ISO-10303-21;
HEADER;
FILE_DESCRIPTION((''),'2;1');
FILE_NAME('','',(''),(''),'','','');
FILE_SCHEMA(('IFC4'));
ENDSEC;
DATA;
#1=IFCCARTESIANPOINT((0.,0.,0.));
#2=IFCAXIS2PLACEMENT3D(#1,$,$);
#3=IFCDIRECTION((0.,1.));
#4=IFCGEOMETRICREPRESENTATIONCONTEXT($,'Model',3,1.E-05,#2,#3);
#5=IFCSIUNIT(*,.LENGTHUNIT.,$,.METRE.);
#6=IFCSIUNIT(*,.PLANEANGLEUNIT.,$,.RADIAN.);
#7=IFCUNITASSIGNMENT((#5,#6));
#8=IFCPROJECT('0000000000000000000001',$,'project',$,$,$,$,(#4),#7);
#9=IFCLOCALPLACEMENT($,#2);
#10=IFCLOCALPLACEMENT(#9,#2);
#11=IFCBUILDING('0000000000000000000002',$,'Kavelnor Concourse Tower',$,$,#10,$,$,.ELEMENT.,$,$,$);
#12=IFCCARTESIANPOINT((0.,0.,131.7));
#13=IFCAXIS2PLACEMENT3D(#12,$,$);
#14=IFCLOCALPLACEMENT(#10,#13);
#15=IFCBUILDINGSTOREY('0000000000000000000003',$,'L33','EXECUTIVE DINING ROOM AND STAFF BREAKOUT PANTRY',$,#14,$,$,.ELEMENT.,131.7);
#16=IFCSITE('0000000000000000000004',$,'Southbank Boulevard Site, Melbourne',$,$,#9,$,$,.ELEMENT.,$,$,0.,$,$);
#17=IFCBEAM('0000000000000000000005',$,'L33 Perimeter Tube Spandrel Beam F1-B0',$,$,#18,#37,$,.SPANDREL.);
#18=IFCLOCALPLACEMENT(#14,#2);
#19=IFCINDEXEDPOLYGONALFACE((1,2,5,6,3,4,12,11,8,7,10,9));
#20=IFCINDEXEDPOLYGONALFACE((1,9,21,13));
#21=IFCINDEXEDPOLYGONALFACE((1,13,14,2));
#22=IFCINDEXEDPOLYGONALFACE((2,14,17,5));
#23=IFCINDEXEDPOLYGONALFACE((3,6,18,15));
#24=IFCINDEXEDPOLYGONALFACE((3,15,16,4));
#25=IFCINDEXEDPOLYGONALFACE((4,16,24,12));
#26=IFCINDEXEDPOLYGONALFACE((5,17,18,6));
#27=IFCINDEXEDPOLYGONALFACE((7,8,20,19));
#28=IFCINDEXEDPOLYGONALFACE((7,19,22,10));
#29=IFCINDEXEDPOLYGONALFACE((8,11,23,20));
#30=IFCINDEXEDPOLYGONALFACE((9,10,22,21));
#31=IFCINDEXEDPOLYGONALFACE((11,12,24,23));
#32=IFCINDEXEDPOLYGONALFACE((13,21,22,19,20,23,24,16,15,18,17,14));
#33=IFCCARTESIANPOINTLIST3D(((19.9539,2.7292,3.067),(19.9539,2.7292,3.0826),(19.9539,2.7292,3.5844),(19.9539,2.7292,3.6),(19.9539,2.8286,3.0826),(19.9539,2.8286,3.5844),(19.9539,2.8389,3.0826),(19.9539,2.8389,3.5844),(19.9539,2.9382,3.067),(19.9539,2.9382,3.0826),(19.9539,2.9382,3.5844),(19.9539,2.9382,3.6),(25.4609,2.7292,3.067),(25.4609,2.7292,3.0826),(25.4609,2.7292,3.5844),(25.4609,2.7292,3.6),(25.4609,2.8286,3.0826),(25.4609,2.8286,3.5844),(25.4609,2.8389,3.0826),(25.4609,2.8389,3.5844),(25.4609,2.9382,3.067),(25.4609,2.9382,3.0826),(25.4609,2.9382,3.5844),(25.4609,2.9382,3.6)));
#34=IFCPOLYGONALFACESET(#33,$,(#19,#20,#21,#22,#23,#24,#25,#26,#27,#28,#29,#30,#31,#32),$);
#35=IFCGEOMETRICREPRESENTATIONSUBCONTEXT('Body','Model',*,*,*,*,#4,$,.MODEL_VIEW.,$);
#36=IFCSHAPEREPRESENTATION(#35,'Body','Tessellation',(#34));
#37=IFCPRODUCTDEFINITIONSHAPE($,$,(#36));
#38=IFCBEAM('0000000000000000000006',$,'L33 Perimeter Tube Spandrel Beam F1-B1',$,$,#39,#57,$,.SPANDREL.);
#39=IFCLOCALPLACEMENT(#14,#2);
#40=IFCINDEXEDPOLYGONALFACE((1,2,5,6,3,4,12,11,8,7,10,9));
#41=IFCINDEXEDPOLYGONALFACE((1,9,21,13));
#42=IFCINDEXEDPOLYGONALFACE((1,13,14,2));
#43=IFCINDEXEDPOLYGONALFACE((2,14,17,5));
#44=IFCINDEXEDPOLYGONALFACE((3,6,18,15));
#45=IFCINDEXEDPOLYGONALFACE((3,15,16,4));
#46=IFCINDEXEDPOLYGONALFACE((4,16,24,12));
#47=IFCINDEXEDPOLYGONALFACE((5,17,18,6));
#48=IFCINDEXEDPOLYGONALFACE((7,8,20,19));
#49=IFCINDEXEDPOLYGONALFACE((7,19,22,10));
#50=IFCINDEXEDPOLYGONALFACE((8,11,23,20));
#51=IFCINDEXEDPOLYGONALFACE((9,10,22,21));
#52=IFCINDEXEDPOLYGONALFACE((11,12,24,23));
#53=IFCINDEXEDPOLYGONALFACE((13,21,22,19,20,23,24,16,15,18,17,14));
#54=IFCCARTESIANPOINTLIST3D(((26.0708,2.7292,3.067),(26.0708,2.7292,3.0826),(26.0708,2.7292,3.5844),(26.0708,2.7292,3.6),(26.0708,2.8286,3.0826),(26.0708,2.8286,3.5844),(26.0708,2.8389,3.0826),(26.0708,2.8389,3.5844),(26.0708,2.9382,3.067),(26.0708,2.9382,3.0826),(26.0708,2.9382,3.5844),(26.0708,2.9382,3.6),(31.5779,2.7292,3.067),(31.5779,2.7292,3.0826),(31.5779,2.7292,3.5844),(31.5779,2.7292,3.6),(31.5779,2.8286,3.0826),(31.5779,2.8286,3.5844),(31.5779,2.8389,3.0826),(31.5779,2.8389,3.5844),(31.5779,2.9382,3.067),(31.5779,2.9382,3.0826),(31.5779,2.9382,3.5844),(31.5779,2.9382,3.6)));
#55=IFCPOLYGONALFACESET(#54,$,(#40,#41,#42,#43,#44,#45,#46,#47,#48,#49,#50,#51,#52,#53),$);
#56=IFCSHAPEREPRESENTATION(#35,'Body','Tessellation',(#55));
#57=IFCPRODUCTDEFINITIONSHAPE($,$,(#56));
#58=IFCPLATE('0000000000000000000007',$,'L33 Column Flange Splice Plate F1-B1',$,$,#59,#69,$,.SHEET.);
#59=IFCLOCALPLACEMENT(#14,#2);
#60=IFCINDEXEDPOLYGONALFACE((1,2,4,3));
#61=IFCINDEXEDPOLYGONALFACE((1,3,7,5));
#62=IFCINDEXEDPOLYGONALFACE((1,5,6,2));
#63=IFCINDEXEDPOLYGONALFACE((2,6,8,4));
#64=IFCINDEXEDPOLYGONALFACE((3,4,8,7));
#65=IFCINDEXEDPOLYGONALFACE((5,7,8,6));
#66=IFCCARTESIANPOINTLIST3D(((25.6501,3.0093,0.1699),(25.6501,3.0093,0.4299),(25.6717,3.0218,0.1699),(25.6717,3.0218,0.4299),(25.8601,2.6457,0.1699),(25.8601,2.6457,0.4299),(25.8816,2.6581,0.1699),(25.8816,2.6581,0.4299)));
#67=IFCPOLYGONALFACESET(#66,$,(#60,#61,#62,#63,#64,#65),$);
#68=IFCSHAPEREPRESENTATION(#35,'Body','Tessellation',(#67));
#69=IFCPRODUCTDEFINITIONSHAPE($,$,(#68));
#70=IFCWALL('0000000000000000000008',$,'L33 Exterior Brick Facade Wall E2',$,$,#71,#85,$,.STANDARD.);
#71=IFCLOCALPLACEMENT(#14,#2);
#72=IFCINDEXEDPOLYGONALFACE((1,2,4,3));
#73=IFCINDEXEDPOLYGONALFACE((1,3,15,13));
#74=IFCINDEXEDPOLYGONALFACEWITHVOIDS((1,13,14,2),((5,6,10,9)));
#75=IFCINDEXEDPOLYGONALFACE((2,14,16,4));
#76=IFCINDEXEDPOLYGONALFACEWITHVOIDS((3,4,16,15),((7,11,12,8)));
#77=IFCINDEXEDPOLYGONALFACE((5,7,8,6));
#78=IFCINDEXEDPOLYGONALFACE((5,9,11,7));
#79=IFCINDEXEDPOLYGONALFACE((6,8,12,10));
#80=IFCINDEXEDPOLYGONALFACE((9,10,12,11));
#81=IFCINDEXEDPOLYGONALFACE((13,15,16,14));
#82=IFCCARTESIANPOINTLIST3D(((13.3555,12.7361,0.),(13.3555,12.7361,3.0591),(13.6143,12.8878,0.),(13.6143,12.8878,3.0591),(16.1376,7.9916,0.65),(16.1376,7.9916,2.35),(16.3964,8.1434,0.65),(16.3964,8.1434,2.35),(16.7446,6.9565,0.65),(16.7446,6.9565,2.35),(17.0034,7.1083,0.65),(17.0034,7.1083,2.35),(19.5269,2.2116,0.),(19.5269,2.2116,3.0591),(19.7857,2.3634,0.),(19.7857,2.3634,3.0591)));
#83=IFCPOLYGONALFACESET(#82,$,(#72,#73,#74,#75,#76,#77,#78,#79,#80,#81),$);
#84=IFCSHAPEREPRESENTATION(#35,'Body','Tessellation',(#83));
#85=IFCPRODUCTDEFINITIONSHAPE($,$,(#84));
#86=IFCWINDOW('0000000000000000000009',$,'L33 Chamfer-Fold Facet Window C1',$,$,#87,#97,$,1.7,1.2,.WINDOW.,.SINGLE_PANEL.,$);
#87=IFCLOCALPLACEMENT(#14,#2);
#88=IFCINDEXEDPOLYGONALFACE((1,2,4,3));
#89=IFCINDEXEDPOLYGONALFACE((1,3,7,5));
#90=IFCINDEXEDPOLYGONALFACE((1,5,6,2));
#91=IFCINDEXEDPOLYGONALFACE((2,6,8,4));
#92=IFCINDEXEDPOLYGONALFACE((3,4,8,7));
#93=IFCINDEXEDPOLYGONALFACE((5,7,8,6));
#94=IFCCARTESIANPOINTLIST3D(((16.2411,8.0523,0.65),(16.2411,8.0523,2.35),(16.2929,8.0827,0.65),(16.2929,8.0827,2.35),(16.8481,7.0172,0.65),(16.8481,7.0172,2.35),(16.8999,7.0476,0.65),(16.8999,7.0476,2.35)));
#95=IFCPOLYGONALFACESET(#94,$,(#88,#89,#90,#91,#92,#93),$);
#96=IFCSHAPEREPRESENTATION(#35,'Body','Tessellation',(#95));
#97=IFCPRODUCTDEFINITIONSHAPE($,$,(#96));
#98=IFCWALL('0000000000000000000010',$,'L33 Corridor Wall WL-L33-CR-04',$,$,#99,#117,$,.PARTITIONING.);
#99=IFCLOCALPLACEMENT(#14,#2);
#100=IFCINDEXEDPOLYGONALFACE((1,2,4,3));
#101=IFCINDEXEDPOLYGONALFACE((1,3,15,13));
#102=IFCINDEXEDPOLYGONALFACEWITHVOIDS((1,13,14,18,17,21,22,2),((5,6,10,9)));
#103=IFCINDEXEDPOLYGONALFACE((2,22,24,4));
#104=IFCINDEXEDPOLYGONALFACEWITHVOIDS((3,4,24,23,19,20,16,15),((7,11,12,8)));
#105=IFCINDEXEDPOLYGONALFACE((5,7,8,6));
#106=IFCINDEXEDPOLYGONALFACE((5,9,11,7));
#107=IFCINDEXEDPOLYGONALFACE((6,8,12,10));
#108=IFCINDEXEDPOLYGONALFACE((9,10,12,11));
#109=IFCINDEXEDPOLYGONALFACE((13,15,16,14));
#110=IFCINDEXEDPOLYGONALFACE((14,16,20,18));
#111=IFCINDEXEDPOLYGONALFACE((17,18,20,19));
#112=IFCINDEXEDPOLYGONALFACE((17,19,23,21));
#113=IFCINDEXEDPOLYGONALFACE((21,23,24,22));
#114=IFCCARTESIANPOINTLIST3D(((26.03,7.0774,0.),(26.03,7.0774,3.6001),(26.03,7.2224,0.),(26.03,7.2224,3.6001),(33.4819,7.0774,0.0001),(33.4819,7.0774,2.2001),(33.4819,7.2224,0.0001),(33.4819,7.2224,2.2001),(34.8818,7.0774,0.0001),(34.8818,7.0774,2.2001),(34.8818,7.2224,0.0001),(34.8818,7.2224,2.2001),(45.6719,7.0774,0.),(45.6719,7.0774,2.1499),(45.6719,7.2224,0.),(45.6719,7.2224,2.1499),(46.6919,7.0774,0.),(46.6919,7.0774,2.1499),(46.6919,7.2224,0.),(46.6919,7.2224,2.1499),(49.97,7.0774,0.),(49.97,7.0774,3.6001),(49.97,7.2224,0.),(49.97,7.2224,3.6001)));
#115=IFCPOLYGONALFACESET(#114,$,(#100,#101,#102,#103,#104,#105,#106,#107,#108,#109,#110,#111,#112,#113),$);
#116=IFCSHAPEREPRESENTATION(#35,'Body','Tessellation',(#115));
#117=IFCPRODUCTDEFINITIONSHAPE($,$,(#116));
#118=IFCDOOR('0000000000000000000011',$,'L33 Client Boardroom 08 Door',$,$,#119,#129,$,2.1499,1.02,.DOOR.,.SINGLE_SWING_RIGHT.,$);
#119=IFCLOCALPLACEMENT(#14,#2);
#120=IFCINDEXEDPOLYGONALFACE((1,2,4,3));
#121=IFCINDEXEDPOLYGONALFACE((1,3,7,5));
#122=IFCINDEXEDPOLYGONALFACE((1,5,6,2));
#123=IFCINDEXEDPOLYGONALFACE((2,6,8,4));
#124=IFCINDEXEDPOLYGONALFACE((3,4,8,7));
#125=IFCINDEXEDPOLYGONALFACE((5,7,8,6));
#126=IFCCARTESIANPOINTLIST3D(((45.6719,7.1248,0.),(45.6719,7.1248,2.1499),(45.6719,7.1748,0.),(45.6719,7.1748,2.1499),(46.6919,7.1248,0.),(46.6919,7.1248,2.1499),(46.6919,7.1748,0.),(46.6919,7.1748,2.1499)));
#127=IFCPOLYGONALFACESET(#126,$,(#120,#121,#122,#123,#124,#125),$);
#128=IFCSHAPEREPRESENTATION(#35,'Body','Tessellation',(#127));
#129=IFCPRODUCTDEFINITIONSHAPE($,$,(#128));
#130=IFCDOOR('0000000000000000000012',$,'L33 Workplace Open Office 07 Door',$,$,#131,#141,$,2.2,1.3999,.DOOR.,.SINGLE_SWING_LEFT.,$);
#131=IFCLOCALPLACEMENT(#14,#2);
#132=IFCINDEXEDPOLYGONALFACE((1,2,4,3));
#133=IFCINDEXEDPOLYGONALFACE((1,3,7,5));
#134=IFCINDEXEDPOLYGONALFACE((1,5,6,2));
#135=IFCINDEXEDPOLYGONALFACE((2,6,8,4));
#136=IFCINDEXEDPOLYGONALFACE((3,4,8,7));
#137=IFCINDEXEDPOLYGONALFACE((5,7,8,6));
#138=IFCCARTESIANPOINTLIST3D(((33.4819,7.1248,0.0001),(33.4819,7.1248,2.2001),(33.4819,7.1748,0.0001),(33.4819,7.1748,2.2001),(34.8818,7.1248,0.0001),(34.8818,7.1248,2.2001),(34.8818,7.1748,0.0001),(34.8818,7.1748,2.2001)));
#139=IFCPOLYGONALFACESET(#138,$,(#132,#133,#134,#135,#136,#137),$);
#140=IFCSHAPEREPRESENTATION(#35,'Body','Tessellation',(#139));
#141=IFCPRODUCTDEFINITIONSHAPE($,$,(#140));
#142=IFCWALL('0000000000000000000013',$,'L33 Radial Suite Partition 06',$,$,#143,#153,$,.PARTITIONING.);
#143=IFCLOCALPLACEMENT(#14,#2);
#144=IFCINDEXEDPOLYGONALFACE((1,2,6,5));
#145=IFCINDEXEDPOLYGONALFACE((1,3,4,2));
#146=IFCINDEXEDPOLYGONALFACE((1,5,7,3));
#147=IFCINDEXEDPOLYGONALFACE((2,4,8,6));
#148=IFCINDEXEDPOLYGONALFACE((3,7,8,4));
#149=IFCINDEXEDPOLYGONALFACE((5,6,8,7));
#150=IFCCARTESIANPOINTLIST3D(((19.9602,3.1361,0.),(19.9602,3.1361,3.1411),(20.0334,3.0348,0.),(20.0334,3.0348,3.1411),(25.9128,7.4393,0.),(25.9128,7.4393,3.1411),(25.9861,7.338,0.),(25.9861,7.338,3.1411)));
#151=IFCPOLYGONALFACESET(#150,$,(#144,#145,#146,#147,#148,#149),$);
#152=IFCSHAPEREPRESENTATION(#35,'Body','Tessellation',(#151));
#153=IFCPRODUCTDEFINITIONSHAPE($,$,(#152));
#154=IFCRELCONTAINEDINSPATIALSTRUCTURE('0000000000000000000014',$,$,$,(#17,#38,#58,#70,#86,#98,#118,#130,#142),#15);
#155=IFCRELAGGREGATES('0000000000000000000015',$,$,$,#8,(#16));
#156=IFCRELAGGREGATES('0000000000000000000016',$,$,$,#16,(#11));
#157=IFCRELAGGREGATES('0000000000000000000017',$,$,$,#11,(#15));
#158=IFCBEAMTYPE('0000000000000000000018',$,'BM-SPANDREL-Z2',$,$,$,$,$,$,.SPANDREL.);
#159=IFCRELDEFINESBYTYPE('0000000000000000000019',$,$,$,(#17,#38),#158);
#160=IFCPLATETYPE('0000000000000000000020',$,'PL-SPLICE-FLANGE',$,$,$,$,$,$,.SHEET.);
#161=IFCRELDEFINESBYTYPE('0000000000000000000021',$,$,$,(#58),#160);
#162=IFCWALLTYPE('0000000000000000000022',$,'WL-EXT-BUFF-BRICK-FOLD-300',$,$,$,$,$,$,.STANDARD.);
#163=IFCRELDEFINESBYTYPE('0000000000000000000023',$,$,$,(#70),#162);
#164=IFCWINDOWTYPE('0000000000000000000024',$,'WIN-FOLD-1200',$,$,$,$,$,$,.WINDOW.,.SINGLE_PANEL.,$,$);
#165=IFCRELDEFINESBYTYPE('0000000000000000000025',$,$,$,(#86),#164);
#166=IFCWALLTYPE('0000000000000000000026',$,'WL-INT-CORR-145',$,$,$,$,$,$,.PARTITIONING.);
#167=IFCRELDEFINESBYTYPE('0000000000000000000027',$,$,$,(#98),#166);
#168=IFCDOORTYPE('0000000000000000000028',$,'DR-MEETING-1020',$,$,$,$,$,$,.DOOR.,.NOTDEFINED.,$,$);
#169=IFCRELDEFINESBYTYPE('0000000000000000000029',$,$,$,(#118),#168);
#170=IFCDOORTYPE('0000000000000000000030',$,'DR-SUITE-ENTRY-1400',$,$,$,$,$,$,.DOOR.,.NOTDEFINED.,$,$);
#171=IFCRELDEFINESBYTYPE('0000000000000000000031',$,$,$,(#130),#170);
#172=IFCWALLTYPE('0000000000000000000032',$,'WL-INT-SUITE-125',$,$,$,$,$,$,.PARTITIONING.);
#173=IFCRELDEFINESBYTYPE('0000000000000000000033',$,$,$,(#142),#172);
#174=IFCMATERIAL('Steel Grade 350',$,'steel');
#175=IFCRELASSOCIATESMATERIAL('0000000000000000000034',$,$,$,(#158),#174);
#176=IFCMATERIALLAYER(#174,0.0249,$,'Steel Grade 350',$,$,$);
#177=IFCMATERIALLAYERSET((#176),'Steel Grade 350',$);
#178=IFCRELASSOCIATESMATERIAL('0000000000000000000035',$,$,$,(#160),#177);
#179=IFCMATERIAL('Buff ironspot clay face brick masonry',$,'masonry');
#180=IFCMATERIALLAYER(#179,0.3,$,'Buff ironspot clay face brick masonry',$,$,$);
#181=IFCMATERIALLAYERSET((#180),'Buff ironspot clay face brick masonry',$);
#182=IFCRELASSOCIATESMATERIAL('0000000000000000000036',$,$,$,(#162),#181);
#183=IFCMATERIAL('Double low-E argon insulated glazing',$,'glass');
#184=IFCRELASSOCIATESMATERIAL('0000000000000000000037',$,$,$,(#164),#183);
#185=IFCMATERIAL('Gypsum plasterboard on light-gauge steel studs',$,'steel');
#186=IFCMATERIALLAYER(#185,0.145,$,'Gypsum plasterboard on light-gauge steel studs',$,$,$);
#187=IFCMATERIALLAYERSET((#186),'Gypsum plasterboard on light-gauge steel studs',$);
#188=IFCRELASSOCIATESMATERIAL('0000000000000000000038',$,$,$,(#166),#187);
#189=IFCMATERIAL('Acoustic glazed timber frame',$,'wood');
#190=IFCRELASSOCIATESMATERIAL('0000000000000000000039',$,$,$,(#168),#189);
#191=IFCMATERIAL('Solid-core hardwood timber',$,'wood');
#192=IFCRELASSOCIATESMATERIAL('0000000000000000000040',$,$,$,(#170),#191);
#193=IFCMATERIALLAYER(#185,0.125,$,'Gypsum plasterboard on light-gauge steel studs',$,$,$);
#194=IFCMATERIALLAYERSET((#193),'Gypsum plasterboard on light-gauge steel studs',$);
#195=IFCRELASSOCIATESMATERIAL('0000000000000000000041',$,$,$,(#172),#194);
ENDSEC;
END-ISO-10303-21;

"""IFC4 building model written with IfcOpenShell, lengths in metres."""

from ifc_helpers import new_model, si_unit, direction, frame, frame_2d, origin, origin_2d, place, context, subcontext, project, spatial, rectangle, i_section, extrude, material, layer, layer_set, material_profile, profile_set, type_object, element, fill, save


model = new_model("IFC4")

# Units and contexts
model_context = context("Model", 3, precision=1e-05, world=origin(), true_north=direction((0.0, 1.0)))
body_context = subcontext(model_context, "Body", "Model", "MODEL_VIEW")
ifc_project = project(units=[si_unit("LENGTHUNIT", "METRE"), si_unit("PLANEANGLEUNIT", "RADIAN")], contexts=[model_context])

# Site, building, storey
site_placement = place(None, origin())
site = spatial("IfcSite", under=ifc_project, at=site_placement, Name="Southbank Boulevard Site, Melbourne", CompositionType="ELEMENT", RefElevation=0.0)
building_placement = place(site_placement, origin())
building = spatial("IfcBuilding", under=site, at=building_placement, Name="Kavelnor Concourse Tower", CompositionType="ELEMENT")
storey_placement = place(building_placement, frame((0.0, 0.0, 131.7)))
storey = spatial("IfcBuildingStorey", under=building, at=storey_placement, Name="L33", Description="EXECUTIVE DINING ROOM AND STAFF BREAKOUT PANTRY", CompositionType="ELEMENT", Elevation=131.7)

# Shared definitions
ifc_material_1 = material(Name="Steel Grade 350", Category="steel")

# Beams
ifc_material_profile_1 = material_profile(ifc_material_1, i_section(OverallWidth=0.209, OverallDepth=0.533, WebThickness=0.0103, FlangeThickness=0.0156, at=origin_2d()), Name="530UB92")
ifc_profile_set_1 = profile_set([ifc_material_profile_1], Name="Steel Grade 350")
beam_type_1 = type_object("IfcBeamType", Name="BM-SPANDREL-Z2", PredefinedType="SPANDREL", material=ifc_profile_set_1)
for number, where, z_axis, x_axis, name in (
    (1, (19.9539, 2.8337, 3.3335), (1.0, 0.0, 0.0), (0.0, 1.0, 0.0), "L33 Perimeter Tube Spandrel Beam F1-B0"),
    (2, (26.0708, 2.8337, 3.3335), (1.0, 0.0, 0.0), (0.0, 1.0, 0.0), "L33 Perimeter Tube Spandrel Beam F1-B1"),
):
    element("IfcBeam", number, at=place(storey_placement, frame(where, z_axis=z_axis, x_axis=x_axis)), inside=storey, type_object=beam_type_1, Name=name, PredefinedType="SPANDREL", context=body_context, shape_type="SweptSolid", body=[
        extrude(i_section(OverallWidth=0.209, OverallDepth=0.533, WebThickness=0.0103, FlangeThickness=0.0156, at=origin_2d()), origin(), (0.0, 0.0, 1.0), 5.5071),
    ])

# Plate
ifc_layer_1 = layer(ifc_material_1, 0.0249, Name="Steel Grade 350")
ifc_layer_set_1 = layer_set([ifc_layer_1], Name="Steel Grade 350")
plate_type = type_object("IfcPlateType", Name="PL-SPLICE-FLANGE", PredefinedType="SHEET", material=ifc_layer_set_1)
plate_placement = place(storey_placement, frame((25.7659, 2.8337, 0.1699), z_axis=(0.0, 0.0, 1.0), x_axis=(-0.5, 0.866025, 0.0)))
element("IfcPlate", 3, at=plate_placement, inside=storey, type_object=plate_type, Name="L33 Column Flange Splice Plate F1-B1", PredefinedType="SHEET", context=body_context, shape_type="SweptSolid", body=[
    extrude(rectangle(XDim=0.4199, YDim=0.0249, at=origin_2d()), origin(), (0.0, 0.0, 1.0), 0.26),
])

# Wall, opening, window
ifc_material_2 = material(Name="Buff ironspot clay face brick masonry", Category="masonry")
ifc_layer_2 = layer(ifc_material_2, 0.3, Name="Buff ironspot clay face brick masonry")
ifc_layer_set_2 = layer_set([ifc_layer_2], Name="Buff ironspot clay face brick masonry")
wall_type_1 = type_object("IfcWallType", Name="WL-EXT-BUFF-BRICK-FOLD-300", PredefinedType="STANDARD", material=ifc_layer_set_2)
wall_1_placement = place(storey_placement, frame((19.6562, 2.2876, 0.0), z_axis=(0.0, 0.0, 1.0), x_axis=(-0.505836, 0.86263, 0.0)))
wall_1 = element("IfcWall", 4, at=wall_1_placement, inside=storey, type_object=wall_type_1, Name="L33 Exterior Brick Facade Wall E2", PredefinedType="STANDARD", context=body_context, shape_type="SweptSolid", body=[
    extrude(rectangle(XDim=12.2004, YDim=0.3, at=frame_2d((6.1001, 0.0))), origin(), (0.0, 0.0, 1.0), 3.0591),
])
opening_1_placement = place(wall_1_placement, frame((5.5002, 0.0, 0.6499)))
opening_1 = element("IfcOpeningElement", 5, at=opening_1_placement, cuts=wall_1, PredefinedType="OPENING", context=body_context, shape_type="SweptSolid", body=[
    extrude(rectangle(XDim=1.2, YDim=1.7, at=frame_2d((0.6001, 0.8501))), frame((0.0, 0.1602, 0.0), z_axis=(0.0, -1.0, 0.0), x_axis=(1.0, 0.0, 0.0)), (0.0, 0.0, 1.0), 0.3201),
])
ifc_material_3 = material(Name="Double low-E argon insulated glazing", Category="glass")
window_type = type_object("IfcWindowType", Name="WIN-FOLD-1200", PartitioningType="SINGLE_PANEL", PredefinedType="WINDOW", material=ifc_material_3)
window_placement = place(opening_1_placement, origin())
window = element("IfcWindow", 6, at=window_placement, inside=storey, type_object=window_type, Name="L33 Chamfer-Fold Facet Window C1", OverallHeight=1.7, OverallWidth=1.2, PartitioningType="SINGLE_PANEL", PredefinedType="WINDOW", context=body_context, shape_type="SweptSolid", body=[
    extrude(rectangle(XDim=1.2, YDim=1.7, at=frame_2d((0.6001, 0.8501))), frame((0.0, 0.03, 0.0), z_axis=(0.0, -1.0, 0.0), x_axis=(1.0, 0.0, 0.0)), (0.0, 0.0, 1.0), 0.0601),
])
fill(opening_1, window)

# Wall, openings, doors
ifc_material_4 = material(Name="Gypsum plasterboard on light-gauge steel studs", Category="steel")
ifc_layer_3 = layer(ifc_material_4, 0.145, Name="Gypsum plasterboard on light-gauge steel studs")
ifc_layer_set_3 = layer_set([ifc_layer_3], Name="Gypsum plasterboard on light-gauge steel studs")
wall_type_2 = type_object("IfcWallType", Name="WL-INT-CORR-145", PredefinedType="PARTITIONING", material=ifc_layer_set_3)
wall_2_placement = place(storey_placement, frame((26.03, 7.1499, 0.0), z_axis=(0.0, 0.0, 1.0), x_axis=(1.0, 0.0, 0.0)))
wall_2 = element("IfcWall", 7, at=wall_2_placement, inside=storey, type_object=wall_type_2, Name="L33 Corridor Wall WL-L33-CR-04", PredefinedType="PARTITIONING", context=body_context, shape_type="SweptSolid", body=[
    extrude(rectangle(XDim=23.9399, YDim=0.145, at=frame_2d((11.97, 0.0))), origin(), (0.0, 0.0, 1.0), 3.6001),
])
opening_2_placement = place(wall_2_placement, frame((7.4519, 0.0, 0.0)))
opening_2 = element("IfcOpeningElement", 8, at=opening_2_placement, cuts=wall_2, PredefinedType="OPENING", context=body_context, shape_type="SweptSolid", body=[
    extrude(rectangle(XDim=1.3999, YDim=2.2, at=frame_2d((0.7, 1.1001))), frame((0.0, 0.0825, 0.0), z_axis=(0.0, -1.0, 0.0), x_axis=(1.0, 0.0, 0.0)), (0.0, 0.0, 1.0), 0.165),
])
opening_3_placement = place(wall_2_placement, frame((19.6418, 0.0, 0.0)))
opening_3 = element("IfcOpeningElement", 9, at=opening_3_placement, cuts=wall_2, PredefinedType="OPENING", context=body_context, shape_type="SweptSolid", body=[
    extrude(rectangle(XDim=1.02, YDim=2.1499, at=frame_2d((0.51, 1.075))), frame((0.0, 0.0825, 0.0), z_axis=(0.0, -1.0, 0.0), x_axis=(1.0, 0.0, 0.0)), (0.0, 0.0, 1.0), 0.165),
])
ifc_material_5 = material(Name="Acoustic glazed timber frame", Category="wood")
door_type_1 = type_object("IfcDoorType", Name="DR-MEETING-1020", OperationType="NOTDEFINED", PredefinedType="DOOR", material=ifc_material_5)
door_1_placement = place(opening_3_placement, origin())
door_1 = element("IfcDoor", 10, at=door_1_placement, inside=storey, type_object=door_type_1, Name="L33 Client Boardroom 08 Door", OperationType="SINGLE_SWING_RIGHT", OverallHeight=2.1499, OverallWidth=1.02, PredefinedType="DOOR", context=body_context, shape_type="SweptSolid", body=[
    extrude(rectangle(XDim=1.02, YDim=2.1499, at=frame_2d((0.51, 1.075))), frame((0.0, 0.0249, 0.0), z_axis=(0.0, -1.0, 0.0), x_axis=(1.0, 0.0, 0.0)), (0.0, 0.0, 1.0), 0.05),
])
fill(opening_3, door_1)
ifc_material_6 = material(Name="Solid-core hardwood timber", Category="wood")
door_type_2 = type_object("IfcDoorType", Name="DR-SUITE-ENTRY-1400", OperationType="NOTDEFINED", PredefinedType="DOOR", material=ifc_material_6)
door_2_placement = place(opening_2_placement, origin())
door_2 = element("IfcDoor", 11, at=door_2_placement, inside=storey, type_object=door_type_2, Name="L33 Workplace Open Office 07 Door", OperationType="SINGLE_SWING_LEFT", OverallHeight=2.2, OverallWidth=1.3999, PredefinedType="DOOR", context=body_context, shape_type="SweptSolid", body=[
    extrude(rectangle(XDim=1.3999, YDim=2.2, at=frame_2d((0.7, 1.1001))), frame((0.0, 0.0249, 0.0), z_axis=(0.0, -1.0, 0.0), x_axis=(1.0, 0.0, 0.0)), (0.0, 0.0, 1.0), 0.05),
])
fill(opening_2, door_2)

# Wall
ifc_layer_4 = layer(ifc_material_4, 0.125, Name="Gypsum plasterboard on light-gauge steel studs")
ifc_layer_set_4 = layer_set([ifc_layer_4], Name="Gypsum plasterboard on light-gauge steel studs")
wall_type_3 = type_object("IfcWallType", Name="WL-INT-SUITE-125", PredefinedType="PARTITIONING", material=ifc_layer_set_4)
wall_3_placement = place(storey_placement, frame((25.9495, 7.3887, 0.0), z_axis=(0.0, 0.0, 1.0), x_axis=(-0.810414, -0.585857, 0.0)))
element("IfcWall", 12, at=wall_3_placement, inside=storey, type_object=wall_type_3, Name="L33 Radial Suite Partition 06", PredefinedType="PARTITIONING", context=body_context, shape_type="SweptSolid", body=[
    extrude(rectangle(XDim=7.3452, YDim=0.125, at=frame_2d((3.6726, 0.0))), origin(), (0.0, 0.0, 1.0), 3.1411),
])

save(model, "model.ifc")
